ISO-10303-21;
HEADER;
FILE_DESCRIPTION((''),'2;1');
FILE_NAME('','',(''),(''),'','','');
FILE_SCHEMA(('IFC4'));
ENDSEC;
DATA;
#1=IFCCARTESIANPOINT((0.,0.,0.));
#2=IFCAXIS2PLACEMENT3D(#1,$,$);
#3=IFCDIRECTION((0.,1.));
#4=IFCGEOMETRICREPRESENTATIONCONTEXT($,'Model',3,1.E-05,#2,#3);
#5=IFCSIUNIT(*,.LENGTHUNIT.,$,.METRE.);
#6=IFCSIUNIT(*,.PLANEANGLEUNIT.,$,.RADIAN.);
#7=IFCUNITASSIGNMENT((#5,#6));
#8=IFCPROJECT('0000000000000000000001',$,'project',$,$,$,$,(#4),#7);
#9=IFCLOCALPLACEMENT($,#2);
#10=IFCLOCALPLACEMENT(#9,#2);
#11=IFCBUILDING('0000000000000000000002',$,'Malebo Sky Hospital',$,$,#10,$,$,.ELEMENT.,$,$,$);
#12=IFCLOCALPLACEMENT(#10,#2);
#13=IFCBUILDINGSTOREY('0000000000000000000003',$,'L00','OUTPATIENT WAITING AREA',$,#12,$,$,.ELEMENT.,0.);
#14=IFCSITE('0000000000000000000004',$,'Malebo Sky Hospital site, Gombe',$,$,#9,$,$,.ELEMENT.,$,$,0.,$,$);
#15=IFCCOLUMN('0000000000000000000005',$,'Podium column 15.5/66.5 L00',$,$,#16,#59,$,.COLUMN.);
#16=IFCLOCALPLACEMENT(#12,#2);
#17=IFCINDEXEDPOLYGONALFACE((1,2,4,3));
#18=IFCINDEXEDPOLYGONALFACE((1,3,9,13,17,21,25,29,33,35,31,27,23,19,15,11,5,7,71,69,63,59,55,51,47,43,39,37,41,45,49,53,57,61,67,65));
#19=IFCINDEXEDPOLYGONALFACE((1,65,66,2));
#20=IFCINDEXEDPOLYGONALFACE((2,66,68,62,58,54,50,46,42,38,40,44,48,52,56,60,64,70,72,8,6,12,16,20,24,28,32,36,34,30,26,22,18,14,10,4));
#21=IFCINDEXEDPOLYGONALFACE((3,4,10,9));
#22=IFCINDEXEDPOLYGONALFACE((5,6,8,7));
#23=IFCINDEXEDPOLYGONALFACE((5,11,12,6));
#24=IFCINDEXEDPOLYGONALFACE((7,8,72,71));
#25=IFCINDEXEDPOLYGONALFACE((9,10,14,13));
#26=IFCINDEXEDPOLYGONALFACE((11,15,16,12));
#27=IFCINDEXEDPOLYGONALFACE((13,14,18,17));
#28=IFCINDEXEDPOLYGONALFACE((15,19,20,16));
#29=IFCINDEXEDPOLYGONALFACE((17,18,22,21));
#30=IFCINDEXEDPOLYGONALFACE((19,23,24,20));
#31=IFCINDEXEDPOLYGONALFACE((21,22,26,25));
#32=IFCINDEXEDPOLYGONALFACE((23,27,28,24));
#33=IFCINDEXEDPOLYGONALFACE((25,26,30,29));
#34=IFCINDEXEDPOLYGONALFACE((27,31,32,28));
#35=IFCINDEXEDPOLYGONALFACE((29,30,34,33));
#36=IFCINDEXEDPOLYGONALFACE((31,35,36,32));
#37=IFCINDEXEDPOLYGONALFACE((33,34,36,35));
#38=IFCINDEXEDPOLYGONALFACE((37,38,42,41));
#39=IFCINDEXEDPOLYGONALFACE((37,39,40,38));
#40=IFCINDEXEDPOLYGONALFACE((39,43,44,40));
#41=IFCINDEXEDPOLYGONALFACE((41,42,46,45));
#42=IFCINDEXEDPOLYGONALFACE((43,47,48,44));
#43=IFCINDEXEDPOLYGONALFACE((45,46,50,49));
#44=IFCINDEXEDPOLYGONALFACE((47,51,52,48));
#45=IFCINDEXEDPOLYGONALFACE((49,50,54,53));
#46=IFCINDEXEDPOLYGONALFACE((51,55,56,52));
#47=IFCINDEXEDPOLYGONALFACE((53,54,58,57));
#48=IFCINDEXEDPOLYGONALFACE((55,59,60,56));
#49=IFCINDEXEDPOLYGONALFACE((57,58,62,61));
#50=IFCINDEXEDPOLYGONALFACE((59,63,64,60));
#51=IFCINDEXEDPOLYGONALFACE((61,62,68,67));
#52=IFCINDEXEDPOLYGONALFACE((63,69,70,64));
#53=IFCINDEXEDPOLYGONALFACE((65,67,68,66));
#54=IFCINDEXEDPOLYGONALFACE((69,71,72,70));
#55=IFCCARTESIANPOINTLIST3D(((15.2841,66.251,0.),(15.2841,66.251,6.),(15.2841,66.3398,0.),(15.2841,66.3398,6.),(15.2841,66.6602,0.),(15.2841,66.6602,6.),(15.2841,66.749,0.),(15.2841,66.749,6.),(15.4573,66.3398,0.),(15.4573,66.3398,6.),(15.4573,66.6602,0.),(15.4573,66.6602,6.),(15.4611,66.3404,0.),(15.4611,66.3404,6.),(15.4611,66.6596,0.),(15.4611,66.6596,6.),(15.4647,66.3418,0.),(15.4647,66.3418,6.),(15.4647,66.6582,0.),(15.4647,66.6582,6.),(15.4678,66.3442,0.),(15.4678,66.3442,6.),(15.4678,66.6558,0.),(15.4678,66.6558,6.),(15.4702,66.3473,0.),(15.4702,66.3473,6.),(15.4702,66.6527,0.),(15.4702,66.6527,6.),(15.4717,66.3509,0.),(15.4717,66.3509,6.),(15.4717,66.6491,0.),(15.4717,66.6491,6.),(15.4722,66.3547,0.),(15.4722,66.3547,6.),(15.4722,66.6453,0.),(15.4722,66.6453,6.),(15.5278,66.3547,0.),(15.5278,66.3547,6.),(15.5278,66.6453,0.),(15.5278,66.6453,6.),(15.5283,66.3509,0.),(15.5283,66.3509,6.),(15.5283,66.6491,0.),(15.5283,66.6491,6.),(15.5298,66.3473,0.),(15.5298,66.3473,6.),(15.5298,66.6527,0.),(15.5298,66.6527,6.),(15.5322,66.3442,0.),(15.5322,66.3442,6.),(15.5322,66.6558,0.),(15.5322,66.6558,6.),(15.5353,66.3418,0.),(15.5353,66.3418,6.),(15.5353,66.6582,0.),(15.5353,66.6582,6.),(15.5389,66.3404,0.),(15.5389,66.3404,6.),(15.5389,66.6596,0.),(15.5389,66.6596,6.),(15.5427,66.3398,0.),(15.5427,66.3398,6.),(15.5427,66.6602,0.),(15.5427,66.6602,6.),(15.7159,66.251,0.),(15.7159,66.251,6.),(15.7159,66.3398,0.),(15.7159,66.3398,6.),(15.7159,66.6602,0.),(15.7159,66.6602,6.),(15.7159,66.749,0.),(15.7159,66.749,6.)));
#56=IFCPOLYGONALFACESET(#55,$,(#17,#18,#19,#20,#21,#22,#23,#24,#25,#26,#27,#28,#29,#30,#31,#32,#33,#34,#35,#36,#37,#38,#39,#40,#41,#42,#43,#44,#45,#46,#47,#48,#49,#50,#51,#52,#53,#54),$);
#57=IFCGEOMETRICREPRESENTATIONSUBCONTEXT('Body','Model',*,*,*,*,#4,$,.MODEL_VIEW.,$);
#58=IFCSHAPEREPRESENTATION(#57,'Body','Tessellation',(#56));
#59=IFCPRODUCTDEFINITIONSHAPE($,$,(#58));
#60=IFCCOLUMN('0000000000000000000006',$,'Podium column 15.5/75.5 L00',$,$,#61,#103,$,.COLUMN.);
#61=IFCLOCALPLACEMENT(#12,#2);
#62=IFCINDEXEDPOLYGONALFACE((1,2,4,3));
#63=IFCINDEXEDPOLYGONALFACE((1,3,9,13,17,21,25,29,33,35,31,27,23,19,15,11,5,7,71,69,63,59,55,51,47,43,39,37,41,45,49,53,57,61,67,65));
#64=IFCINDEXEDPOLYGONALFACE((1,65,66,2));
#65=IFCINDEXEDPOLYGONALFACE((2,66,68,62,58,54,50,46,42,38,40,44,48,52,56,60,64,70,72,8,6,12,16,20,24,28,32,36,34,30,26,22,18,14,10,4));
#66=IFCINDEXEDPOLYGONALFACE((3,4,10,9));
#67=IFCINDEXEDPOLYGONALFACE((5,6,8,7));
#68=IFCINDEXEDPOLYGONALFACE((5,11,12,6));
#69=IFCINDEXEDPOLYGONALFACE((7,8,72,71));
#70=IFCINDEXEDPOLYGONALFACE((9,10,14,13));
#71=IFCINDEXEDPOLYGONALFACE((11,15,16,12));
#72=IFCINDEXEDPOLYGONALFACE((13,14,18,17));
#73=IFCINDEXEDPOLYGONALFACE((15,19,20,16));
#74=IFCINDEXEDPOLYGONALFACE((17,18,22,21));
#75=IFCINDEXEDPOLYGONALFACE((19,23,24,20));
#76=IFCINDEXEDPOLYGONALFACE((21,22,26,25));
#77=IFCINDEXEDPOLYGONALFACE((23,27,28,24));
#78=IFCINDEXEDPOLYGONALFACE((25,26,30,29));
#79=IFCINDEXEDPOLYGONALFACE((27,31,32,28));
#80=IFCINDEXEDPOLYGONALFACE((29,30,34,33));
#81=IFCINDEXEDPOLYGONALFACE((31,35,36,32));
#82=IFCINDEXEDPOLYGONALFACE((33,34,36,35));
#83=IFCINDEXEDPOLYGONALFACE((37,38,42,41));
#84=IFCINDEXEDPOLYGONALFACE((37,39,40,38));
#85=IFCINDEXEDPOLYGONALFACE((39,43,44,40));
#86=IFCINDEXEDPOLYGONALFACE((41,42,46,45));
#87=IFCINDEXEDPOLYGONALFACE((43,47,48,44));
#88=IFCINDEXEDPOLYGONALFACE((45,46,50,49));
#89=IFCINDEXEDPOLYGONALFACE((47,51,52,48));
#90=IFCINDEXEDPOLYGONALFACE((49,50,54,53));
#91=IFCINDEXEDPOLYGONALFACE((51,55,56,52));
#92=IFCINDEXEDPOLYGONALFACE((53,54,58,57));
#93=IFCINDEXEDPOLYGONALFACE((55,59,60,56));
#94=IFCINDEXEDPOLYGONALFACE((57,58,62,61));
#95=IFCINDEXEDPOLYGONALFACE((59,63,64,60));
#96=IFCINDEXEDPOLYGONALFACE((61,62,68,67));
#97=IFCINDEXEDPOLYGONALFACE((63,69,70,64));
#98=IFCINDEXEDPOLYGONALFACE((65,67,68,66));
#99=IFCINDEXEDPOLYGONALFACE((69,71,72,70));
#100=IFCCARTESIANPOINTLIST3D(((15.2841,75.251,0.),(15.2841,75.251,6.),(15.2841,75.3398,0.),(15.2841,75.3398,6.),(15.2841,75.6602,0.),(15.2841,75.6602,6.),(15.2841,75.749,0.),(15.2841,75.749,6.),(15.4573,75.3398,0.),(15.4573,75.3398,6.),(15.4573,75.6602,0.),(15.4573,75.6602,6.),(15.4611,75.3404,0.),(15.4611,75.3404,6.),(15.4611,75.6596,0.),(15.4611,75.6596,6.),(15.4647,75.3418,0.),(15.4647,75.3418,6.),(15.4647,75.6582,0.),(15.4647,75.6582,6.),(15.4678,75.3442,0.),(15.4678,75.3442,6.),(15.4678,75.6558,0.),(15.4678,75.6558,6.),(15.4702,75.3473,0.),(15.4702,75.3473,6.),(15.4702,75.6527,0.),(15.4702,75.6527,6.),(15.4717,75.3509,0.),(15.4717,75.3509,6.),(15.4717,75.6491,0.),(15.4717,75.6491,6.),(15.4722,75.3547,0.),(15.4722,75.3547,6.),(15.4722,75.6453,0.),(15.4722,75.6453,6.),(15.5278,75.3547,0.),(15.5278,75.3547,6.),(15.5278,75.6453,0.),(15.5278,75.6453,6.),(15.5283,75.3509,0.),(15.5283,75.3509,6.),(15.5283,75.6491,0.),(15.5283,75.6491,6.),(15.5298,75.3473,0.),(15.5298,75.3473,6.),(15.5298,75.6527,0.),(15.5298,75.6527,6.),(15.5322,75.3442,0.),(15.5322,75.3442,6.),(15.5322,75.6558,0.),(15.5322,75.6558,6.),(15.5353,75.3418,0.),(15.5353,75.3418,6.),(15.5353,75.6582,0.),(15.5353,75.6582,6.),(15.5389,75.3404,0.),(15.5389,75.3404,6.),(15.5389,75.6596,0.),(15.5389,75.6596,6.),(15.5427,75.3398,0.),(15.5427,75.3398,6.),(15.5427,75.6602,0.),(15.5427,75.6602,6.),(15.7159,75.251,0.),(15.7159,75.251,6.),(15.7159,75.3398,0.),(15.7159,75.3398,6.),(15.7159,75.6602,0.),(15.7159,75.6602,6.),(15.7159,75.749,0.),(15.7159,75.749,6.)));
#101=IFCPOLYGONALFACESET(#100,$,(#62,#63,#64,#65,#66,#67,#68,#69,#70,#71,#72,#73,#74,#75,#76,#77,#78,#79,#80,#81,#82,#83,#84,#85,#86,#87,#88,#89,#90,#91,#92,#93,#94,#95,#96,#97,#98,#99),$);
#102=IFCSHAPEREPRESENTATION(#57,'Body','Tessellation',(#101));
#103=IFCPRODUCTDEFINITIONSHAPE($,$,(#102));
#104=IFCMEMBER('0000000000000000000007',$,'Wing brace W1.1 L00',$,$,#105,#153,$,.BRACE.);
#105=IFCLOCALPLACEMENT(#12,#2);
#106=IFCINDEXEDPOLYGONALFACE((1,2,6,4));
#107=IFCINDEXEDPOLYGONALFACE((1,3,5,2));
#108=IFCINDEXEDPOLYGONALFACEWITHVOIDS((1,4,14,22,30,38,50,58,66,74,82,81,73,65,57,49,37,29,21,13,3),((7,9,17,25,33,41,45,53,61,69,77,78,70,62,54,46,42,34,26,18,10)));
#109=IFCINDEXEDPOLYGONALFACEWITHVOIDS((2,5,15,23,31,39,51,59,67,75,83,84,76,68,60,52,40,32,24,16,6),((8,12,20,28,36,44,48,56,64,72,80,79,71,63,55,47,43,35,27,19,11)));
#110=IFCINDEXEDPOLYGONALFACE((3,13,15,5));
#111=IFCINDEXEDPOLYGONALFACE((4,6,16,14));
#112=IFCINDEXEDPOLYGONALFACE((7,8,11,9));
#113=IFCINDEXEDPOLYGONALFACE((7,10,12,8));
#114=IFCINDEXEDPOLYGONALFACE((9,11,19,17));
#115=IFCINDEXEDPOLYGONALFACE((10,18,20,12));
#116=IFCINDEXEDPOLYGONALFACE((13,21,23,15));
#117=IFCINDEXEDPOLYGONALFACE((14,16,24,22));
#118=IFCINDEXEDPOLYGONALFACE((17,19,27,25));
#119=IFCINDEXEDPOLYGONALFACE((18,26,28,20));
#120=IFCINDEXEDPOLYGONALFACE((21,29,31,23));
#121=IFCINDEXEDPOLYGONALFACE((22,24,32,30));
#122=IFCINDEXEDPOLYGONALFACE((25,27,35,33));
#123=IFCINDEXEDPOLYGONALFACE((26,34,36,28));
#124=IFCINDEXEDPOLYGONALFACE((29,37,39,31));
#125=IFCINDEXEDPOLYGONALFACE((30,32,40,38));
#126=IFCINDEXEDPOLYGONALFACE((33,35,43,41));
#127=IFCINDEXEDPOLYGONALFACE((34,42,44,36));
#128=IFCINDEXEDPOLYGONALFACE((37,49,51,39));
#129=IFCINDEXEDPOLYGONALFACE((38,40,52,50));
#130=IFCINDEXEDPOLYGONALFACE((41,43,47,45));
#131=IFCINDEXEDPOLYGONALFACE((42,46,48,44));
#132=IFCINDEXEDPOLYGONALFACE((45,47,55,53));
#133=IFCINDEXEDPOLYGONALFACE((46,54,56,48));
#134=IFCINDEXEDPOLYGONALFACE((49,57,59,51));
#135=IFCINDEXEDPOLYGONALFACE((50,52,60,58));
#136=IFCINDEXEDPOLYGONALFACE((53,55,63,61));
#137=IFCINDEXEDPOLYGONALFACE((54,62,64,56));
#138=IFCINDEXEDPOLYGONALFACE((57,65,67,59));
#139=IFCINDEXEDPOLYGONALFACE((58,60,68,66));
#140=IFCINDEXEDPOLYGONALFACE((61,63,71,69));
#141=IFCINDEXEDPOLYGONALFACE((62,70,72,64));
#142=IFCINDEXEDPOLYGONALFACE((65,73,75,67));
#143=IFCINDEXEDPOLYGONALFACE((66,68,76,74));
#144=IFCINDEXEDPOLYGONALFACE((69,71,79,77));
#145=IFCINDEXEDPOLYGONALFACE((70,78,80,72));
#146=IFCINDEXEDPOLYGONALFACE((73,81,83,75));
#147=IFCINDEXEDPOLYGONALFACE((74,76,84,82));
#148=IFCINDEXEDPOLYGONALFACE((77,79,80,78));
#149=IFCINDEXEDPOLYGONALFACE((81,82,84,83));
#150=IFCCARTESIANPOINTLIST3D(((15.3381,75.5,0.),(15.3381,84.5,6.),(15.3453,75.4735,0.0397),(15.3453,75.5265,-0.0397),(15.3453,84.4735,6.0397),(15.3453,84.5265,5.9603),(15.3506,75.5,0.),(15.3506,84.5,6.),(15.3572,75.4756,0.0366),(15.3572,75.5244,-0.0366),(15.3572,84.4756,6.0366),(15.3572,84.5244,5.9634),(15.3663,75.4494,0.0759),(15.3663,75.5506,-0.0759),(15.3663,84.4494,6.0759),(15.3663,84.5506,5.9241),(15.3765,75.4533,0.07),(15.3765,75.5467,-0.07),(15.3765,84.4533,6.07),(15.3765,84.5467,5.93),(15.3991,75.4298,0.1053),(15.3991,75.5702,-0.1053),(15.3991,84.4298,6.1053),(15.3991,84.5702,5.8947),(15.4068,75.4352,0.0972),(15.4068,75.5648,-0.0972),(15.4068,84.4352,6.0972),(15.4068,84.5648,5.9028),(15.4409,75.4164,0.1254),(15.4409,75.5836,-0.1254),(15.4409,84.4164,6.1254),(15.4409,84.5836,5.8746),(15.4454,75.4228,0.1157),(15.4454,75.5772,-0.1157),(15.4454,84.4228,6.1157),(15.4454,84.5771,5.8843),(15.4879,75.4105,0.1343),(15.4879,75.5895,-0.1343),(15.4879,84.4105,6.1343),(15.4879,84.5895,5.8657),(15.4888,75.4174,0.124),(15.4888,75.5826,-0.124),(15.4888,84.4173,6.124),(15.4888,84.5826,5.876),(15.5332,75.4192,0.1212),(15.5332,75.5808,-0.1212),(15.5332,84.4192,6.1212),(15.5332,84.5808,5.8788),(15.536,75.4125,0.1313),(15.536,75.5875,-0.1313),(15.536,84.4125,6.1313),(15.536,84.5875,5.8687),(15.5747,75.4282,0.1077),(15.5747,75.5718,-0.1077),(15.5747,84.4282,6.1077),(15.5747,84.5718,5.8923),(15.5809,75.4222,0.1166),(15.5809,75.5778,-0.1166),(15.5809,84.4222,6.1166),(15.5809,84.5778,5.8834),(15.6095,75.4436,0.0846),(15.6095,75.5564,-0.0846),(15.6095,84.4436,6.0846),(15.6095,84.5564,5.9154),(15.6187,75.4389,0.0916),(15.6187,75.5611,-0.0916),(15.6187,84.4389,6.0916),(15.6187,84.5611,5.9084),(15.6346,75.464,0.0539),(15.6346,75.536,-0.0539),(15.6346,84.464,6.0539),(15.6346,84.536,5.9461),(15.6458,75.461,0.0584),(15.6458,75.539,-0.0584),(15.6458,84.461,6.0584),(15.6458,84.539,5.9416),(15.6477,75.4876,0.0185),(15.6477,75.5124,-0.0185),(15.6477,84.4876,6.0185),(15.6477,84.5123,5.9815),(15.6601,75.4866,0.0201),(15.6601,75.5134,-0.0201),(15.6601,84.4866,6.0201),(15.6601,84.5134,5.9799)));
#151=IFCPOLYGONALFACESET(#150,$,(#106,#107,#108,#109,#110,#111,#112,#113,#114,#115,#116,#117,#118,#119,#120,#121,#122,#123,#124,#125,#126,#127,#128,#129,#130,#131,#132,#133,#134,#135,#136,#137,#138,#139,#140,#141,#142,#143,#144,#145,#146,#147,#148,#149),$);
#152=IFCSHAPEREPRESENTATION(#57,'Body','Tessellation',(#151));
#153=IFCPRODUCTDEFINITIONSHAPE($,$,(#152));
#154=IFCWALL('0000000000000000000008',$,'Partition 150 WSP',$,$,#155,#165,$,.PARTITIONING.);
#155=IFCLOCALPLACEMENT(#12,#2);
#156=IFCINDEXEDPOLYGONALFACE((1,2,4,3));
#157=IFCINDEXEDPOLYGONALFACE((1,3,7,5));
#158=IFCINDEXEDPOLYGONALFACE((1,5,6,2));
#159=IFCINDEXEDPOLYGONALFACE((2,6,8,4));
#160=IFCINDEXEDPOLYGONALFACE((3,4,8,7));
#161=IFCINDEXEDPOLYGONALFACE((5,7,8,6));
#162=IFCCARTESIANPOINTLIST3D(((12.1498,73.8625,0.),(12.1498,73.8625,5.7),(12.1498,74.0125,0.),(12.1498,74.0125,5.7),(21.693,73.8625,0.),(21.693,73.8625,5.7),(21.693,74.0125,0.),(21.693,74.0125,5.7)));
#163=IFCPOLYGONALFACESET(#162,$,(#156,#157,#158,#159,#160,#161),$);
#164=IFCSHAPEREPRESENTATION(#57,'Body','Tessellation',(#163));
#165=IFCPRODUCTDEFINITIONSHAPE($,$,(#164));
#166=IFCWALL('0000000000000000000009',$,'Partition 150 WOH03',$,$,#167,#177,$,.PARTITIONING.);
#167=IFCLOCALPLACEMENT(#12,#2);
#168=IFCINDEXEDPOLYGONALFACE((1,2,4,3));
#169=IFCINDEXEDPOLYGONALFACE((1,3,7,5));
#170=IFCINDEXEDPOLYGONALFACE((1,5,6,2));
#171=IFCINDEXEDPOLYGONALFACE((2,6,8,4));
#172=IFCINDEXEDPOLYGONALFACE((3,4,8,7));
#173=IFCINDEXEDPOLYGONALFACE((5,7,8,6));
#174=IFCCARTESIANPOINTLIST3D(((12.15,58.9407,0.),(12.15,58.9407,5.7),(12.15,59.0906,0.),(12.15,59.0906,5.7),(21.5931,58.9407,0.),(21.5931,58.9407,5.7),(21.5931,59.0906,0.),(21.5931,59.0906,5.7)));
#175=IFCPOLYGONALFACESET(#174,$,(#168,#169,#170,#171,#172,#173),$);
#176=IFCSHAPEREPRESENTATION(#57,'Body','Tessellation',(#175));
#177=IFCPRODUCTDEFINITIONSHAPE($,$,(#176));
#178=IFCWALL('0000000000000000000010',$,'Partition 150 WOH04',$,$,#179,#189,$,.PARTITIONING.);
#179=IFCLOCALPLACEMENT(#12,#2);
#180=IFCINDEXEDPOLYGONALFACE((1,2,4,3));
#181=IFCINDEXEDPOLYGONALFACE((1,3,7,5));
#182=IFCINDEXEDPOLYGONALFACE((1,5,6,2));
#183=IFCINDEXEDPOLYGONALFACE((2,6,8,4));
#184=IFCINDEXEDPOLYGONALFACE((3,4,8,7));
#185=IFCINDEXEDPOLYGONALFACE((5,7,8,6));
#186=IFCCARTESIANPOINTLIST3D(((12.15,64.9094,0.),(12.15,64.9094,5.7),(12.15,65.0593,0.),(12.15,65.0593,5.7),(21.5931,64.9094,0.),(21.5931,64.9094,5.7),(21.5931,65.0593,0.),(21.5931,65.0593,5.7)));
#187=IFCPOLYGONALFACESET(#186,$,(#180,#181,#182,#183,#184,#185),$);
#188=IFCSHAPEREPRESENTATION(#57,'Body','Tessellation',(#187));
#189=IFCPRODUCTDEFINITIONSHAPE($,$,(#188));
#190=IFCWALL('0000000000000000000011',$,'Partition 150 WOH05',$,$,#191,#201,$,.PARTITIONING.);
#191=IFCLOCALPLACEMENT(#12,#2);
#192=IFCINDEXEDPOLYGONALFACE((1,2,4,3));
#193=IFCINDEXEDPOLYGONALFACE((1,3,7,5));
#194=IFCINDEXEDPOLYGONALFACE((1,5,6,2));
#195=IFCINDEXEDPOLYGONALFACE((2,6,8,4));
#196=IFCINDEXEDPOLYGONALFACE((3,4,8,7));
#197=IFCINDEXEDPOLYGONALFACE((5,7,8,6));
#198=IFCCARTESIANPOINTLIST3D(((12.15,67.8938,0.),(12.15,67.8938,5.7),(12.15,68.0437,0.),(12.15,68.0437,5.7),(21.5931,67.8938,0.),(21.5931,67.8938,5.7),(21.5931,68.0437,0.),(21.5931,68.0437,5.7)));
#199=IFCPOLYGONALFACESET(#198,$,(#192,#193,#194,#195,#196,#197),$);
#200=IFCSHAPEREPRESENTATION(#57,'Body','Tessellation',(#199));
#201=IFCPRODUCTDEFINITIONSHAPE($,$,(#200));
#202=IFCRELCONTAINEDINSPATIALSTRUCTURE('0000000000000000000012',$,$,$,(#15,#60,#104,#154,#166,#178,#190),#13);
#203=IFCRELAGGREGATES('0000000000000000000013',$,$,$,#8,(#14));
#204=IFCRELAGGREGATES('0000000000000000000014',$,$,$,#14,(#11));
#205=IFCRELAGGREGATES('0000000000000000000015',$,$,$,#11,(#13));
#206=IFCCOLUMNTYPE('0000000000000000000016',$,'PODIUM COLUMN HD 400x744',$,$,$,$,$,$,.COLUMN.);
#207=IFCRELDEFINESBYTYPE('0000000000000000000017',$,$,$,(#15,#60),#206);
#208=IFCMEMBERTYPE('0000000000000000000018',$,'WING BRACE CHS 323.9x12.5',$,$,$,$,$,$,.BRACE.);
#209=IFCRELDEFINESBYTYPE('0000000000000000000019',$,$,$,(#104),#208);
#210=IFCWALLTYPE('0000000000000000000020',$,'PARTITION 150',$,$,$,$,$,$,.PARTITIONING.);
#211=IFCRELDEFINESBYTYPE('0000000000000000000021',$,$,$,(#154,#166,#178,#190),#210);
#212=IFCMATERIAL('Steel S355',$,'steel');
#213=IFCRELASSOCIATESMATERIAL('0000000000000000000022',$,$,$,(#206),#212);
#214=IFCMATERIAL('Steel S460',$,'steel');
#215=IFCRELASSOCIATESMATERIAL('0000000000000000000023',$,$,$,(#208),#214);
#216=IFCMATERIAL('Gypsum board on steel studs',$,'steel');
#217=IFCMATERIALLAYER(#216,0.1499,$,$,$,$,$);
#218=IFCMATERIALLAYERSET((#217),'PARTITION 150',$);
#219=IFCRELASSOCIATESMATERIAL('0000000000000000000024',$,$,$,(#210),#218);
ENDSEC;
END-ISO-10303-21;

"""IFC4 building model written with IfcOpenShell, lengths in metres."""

from ifc_helpers import new_model, si_unit, direction, frame, frame_2d, origin, origin_2d, place, context, subcontext, project, spatial, rectangle, hollow_circle, i_section, extrude, material, layer, layer_set, material_profile, profile_set, type_object, element, save


model = new_model("IFC4")

# Units and contexts
model_context = context("Model", 3, precision=1e-05, world=origin(), true_north=direction((0.0, 1.0)))
body_context = subcontext(model_context, "Body", "Model", "MODEL_VIEW")
ifc_project = project(units=[si_unit("LENGTHUNIT", "METRE"), si_unit("PLANEANGLEUNIT", "RADIAN")], contexts=[model_context])

# Site, building, storey
site_placement = place(None, origin())
site = spatial("IfcSite", under=ifc_project, at=site_placement, Name="Malebo Sky Hospital site, Gombe", CompositionType="ELEMENT", RefElevation=0.0)
building_placement = place(site_placement, origin())
building = spatial("IfcBuilding", under=site, at=building_placement, Name="Malebo Sky Hospital", CompositionType="ELEMENT")
storey_placement = place(building_placement, origin())
storey = spatial("IfcBuildingStorey", under=building, at=storey_placement, Name="L00", Description="OUTPATIENT WAITING AREA", CompositionType="ELEMENT", Elevation=0.0)

# Columns
ifc_material_1 = material(Name="Steel S355", Category="steel")
ifc_material_profile_1 = material_profile(ifc_material_1, i_section(OverallWidth=0.4319, OverallDepth=0.498, WebThickness=0.0557, FlangeThickness=0.0889, FilletRadius=0.0149, at=origin_2d()), Name="HD 400x744")
ifc_profile_set_1 = profile_set([ifc_material_profile_1], Name="Steel S355")
column_type = type_object("IfcColumnType", Name="PODIUM COLUMN HD 400x744", PredefinedType="COLUMN", material=ifc_profile_set_1)
for number, where, z_axis, x_axis, name in (
    (1, (15.5, 66.5, 0.0), (0.0, 0.0, 1.0), (1.0, 0.0, 0.0), "Podium column 15.5/66.5 L00"),
    (2, (15.5, 75.5, 0.0), (0.0, 0.0, 1.0), (1.0, 0.0, 0.0), "Podium column 15.5/75.5 L00"),
):
    element("IfcColumn", number, at=place(storey_placement, frame(where, z_axis=z_axis, x_axis=x_axis)), inside=storey, type_object=column_type, Name=name, PredefinedType="COLUMN", context=body_context, shape_type="SweptSolid", body=[
        extrude(i_section(OverallWidth=0.4319, OverallDepth=0.498, WebThickness=0.0557, FlangeThickness=0.0889, FilletRadius=0.0149, at=origin_2d()), origin(), (0.0, 0.0, 1.0), 6.0),
    ])

# Member
ifc_material_2 = material(Name="Steel S460", Category="steel")
ifc_material_profile_2 = material_profile(ifc_material_2, hollow_circle(Radius=0.1619, WallThickness=0.0125, at=origin_2d()), Name="CHS 323.9x12.5")
ifc_profile_set_2 = profile_set([ifc_material_profile_2], Name="Steel S460")
member_type = type_object("IfcMemberType", Name="WING BRACE CHS 323.9x12.5", PredefinedType="BRACE", material=ifc_profile_set_2)
member_placement = place(storey_placement, frame((15.5, 75.5, 0.0), z_axis=(0.0, 0.83205, 0.5547), x_axis=(-1.0, 0.0, 0.0)))
element("IfcMember", 3, at=member_placement, inside=storey, type_object=member_type, Name="Wing brace W1.1 L00", PredefinedType="BRACE", context=body_context, shape_type="SweptSolid", body=[
    extrude(hollow_circle(Radius=0.1619, WallThickness=0.0125, at=origin_2d()), origin(), (0.0, 0.0, 1.0), 10.8167),
])

# Walls
ifc_material_3 = material(Name="Gypsum board on steel studs", Category="steel")
ifc_layer_1 = layer(ifc_material_3, 0.1499)
ifc_layer_set_1 = layer_set([ifc_layer_1], Name="PARTITION 150")
wall_type = type_object("IfcWallType", Name="PARTITION 150", PredefinedType="PARTITIONING", material=ifc_layer_set_1)
wall_placement = place(storey_placement, frame((12.1499, 73.9375, 0.0), z_axis=(0.0, 0.0, 1.0), x_axis=(1.0, 0.0, 0.0)))
element("IfcWall", 4, at=wall_placement, inside=storey, type_object=wall_type, Name="Partition 150 WSP", PredefinedType="PARTITIONING", context=body_context, shape_type="SweptSolid", body=[
    extrude(rectangle(XDim=9.5432, YDim=0.1499, at=frame_2d((4.7715, 0.0))), origin(), (0.0, 0.0, 1.0), 5.7),
])
for number, where, z_axis, x_axis, name in (
    (5, (12.1499, 59.0156, 0.0), (0.0, 0.0, 1.0), (1.0, 0.0, 0.0), "Partition 150 WOH03"),
    (6, (12.1499, 64.9844, 0.0), (0.0, 0.0, 1.0), (1.0, 0.0, 0.0), "Partition 150 WOH04"),
    (7, (12.1499, 67.9688, 0.0), (0.0, 0.0, 1.0), (1.0, 0.0, 0.0), "Partition 150 WOH05"),
):
    element("IfcWall", number, at=place(storey_placement, frame(where, z_axis=z_axis, x_axis=x_axis)), inside=storey, type_object=wall_type, Name=name, PredefinedType="PARTITIONING", context=body_context, shape_type="SweptSolid", body=[
        extrude(rectangle(XDim=9.4431, YDim=0.1499, at=frame_2d((4.7217, 0.0))), origin(), (0.0, 0.0, 1.0), 5.7),
    ])

save(model, "model.ifc")
